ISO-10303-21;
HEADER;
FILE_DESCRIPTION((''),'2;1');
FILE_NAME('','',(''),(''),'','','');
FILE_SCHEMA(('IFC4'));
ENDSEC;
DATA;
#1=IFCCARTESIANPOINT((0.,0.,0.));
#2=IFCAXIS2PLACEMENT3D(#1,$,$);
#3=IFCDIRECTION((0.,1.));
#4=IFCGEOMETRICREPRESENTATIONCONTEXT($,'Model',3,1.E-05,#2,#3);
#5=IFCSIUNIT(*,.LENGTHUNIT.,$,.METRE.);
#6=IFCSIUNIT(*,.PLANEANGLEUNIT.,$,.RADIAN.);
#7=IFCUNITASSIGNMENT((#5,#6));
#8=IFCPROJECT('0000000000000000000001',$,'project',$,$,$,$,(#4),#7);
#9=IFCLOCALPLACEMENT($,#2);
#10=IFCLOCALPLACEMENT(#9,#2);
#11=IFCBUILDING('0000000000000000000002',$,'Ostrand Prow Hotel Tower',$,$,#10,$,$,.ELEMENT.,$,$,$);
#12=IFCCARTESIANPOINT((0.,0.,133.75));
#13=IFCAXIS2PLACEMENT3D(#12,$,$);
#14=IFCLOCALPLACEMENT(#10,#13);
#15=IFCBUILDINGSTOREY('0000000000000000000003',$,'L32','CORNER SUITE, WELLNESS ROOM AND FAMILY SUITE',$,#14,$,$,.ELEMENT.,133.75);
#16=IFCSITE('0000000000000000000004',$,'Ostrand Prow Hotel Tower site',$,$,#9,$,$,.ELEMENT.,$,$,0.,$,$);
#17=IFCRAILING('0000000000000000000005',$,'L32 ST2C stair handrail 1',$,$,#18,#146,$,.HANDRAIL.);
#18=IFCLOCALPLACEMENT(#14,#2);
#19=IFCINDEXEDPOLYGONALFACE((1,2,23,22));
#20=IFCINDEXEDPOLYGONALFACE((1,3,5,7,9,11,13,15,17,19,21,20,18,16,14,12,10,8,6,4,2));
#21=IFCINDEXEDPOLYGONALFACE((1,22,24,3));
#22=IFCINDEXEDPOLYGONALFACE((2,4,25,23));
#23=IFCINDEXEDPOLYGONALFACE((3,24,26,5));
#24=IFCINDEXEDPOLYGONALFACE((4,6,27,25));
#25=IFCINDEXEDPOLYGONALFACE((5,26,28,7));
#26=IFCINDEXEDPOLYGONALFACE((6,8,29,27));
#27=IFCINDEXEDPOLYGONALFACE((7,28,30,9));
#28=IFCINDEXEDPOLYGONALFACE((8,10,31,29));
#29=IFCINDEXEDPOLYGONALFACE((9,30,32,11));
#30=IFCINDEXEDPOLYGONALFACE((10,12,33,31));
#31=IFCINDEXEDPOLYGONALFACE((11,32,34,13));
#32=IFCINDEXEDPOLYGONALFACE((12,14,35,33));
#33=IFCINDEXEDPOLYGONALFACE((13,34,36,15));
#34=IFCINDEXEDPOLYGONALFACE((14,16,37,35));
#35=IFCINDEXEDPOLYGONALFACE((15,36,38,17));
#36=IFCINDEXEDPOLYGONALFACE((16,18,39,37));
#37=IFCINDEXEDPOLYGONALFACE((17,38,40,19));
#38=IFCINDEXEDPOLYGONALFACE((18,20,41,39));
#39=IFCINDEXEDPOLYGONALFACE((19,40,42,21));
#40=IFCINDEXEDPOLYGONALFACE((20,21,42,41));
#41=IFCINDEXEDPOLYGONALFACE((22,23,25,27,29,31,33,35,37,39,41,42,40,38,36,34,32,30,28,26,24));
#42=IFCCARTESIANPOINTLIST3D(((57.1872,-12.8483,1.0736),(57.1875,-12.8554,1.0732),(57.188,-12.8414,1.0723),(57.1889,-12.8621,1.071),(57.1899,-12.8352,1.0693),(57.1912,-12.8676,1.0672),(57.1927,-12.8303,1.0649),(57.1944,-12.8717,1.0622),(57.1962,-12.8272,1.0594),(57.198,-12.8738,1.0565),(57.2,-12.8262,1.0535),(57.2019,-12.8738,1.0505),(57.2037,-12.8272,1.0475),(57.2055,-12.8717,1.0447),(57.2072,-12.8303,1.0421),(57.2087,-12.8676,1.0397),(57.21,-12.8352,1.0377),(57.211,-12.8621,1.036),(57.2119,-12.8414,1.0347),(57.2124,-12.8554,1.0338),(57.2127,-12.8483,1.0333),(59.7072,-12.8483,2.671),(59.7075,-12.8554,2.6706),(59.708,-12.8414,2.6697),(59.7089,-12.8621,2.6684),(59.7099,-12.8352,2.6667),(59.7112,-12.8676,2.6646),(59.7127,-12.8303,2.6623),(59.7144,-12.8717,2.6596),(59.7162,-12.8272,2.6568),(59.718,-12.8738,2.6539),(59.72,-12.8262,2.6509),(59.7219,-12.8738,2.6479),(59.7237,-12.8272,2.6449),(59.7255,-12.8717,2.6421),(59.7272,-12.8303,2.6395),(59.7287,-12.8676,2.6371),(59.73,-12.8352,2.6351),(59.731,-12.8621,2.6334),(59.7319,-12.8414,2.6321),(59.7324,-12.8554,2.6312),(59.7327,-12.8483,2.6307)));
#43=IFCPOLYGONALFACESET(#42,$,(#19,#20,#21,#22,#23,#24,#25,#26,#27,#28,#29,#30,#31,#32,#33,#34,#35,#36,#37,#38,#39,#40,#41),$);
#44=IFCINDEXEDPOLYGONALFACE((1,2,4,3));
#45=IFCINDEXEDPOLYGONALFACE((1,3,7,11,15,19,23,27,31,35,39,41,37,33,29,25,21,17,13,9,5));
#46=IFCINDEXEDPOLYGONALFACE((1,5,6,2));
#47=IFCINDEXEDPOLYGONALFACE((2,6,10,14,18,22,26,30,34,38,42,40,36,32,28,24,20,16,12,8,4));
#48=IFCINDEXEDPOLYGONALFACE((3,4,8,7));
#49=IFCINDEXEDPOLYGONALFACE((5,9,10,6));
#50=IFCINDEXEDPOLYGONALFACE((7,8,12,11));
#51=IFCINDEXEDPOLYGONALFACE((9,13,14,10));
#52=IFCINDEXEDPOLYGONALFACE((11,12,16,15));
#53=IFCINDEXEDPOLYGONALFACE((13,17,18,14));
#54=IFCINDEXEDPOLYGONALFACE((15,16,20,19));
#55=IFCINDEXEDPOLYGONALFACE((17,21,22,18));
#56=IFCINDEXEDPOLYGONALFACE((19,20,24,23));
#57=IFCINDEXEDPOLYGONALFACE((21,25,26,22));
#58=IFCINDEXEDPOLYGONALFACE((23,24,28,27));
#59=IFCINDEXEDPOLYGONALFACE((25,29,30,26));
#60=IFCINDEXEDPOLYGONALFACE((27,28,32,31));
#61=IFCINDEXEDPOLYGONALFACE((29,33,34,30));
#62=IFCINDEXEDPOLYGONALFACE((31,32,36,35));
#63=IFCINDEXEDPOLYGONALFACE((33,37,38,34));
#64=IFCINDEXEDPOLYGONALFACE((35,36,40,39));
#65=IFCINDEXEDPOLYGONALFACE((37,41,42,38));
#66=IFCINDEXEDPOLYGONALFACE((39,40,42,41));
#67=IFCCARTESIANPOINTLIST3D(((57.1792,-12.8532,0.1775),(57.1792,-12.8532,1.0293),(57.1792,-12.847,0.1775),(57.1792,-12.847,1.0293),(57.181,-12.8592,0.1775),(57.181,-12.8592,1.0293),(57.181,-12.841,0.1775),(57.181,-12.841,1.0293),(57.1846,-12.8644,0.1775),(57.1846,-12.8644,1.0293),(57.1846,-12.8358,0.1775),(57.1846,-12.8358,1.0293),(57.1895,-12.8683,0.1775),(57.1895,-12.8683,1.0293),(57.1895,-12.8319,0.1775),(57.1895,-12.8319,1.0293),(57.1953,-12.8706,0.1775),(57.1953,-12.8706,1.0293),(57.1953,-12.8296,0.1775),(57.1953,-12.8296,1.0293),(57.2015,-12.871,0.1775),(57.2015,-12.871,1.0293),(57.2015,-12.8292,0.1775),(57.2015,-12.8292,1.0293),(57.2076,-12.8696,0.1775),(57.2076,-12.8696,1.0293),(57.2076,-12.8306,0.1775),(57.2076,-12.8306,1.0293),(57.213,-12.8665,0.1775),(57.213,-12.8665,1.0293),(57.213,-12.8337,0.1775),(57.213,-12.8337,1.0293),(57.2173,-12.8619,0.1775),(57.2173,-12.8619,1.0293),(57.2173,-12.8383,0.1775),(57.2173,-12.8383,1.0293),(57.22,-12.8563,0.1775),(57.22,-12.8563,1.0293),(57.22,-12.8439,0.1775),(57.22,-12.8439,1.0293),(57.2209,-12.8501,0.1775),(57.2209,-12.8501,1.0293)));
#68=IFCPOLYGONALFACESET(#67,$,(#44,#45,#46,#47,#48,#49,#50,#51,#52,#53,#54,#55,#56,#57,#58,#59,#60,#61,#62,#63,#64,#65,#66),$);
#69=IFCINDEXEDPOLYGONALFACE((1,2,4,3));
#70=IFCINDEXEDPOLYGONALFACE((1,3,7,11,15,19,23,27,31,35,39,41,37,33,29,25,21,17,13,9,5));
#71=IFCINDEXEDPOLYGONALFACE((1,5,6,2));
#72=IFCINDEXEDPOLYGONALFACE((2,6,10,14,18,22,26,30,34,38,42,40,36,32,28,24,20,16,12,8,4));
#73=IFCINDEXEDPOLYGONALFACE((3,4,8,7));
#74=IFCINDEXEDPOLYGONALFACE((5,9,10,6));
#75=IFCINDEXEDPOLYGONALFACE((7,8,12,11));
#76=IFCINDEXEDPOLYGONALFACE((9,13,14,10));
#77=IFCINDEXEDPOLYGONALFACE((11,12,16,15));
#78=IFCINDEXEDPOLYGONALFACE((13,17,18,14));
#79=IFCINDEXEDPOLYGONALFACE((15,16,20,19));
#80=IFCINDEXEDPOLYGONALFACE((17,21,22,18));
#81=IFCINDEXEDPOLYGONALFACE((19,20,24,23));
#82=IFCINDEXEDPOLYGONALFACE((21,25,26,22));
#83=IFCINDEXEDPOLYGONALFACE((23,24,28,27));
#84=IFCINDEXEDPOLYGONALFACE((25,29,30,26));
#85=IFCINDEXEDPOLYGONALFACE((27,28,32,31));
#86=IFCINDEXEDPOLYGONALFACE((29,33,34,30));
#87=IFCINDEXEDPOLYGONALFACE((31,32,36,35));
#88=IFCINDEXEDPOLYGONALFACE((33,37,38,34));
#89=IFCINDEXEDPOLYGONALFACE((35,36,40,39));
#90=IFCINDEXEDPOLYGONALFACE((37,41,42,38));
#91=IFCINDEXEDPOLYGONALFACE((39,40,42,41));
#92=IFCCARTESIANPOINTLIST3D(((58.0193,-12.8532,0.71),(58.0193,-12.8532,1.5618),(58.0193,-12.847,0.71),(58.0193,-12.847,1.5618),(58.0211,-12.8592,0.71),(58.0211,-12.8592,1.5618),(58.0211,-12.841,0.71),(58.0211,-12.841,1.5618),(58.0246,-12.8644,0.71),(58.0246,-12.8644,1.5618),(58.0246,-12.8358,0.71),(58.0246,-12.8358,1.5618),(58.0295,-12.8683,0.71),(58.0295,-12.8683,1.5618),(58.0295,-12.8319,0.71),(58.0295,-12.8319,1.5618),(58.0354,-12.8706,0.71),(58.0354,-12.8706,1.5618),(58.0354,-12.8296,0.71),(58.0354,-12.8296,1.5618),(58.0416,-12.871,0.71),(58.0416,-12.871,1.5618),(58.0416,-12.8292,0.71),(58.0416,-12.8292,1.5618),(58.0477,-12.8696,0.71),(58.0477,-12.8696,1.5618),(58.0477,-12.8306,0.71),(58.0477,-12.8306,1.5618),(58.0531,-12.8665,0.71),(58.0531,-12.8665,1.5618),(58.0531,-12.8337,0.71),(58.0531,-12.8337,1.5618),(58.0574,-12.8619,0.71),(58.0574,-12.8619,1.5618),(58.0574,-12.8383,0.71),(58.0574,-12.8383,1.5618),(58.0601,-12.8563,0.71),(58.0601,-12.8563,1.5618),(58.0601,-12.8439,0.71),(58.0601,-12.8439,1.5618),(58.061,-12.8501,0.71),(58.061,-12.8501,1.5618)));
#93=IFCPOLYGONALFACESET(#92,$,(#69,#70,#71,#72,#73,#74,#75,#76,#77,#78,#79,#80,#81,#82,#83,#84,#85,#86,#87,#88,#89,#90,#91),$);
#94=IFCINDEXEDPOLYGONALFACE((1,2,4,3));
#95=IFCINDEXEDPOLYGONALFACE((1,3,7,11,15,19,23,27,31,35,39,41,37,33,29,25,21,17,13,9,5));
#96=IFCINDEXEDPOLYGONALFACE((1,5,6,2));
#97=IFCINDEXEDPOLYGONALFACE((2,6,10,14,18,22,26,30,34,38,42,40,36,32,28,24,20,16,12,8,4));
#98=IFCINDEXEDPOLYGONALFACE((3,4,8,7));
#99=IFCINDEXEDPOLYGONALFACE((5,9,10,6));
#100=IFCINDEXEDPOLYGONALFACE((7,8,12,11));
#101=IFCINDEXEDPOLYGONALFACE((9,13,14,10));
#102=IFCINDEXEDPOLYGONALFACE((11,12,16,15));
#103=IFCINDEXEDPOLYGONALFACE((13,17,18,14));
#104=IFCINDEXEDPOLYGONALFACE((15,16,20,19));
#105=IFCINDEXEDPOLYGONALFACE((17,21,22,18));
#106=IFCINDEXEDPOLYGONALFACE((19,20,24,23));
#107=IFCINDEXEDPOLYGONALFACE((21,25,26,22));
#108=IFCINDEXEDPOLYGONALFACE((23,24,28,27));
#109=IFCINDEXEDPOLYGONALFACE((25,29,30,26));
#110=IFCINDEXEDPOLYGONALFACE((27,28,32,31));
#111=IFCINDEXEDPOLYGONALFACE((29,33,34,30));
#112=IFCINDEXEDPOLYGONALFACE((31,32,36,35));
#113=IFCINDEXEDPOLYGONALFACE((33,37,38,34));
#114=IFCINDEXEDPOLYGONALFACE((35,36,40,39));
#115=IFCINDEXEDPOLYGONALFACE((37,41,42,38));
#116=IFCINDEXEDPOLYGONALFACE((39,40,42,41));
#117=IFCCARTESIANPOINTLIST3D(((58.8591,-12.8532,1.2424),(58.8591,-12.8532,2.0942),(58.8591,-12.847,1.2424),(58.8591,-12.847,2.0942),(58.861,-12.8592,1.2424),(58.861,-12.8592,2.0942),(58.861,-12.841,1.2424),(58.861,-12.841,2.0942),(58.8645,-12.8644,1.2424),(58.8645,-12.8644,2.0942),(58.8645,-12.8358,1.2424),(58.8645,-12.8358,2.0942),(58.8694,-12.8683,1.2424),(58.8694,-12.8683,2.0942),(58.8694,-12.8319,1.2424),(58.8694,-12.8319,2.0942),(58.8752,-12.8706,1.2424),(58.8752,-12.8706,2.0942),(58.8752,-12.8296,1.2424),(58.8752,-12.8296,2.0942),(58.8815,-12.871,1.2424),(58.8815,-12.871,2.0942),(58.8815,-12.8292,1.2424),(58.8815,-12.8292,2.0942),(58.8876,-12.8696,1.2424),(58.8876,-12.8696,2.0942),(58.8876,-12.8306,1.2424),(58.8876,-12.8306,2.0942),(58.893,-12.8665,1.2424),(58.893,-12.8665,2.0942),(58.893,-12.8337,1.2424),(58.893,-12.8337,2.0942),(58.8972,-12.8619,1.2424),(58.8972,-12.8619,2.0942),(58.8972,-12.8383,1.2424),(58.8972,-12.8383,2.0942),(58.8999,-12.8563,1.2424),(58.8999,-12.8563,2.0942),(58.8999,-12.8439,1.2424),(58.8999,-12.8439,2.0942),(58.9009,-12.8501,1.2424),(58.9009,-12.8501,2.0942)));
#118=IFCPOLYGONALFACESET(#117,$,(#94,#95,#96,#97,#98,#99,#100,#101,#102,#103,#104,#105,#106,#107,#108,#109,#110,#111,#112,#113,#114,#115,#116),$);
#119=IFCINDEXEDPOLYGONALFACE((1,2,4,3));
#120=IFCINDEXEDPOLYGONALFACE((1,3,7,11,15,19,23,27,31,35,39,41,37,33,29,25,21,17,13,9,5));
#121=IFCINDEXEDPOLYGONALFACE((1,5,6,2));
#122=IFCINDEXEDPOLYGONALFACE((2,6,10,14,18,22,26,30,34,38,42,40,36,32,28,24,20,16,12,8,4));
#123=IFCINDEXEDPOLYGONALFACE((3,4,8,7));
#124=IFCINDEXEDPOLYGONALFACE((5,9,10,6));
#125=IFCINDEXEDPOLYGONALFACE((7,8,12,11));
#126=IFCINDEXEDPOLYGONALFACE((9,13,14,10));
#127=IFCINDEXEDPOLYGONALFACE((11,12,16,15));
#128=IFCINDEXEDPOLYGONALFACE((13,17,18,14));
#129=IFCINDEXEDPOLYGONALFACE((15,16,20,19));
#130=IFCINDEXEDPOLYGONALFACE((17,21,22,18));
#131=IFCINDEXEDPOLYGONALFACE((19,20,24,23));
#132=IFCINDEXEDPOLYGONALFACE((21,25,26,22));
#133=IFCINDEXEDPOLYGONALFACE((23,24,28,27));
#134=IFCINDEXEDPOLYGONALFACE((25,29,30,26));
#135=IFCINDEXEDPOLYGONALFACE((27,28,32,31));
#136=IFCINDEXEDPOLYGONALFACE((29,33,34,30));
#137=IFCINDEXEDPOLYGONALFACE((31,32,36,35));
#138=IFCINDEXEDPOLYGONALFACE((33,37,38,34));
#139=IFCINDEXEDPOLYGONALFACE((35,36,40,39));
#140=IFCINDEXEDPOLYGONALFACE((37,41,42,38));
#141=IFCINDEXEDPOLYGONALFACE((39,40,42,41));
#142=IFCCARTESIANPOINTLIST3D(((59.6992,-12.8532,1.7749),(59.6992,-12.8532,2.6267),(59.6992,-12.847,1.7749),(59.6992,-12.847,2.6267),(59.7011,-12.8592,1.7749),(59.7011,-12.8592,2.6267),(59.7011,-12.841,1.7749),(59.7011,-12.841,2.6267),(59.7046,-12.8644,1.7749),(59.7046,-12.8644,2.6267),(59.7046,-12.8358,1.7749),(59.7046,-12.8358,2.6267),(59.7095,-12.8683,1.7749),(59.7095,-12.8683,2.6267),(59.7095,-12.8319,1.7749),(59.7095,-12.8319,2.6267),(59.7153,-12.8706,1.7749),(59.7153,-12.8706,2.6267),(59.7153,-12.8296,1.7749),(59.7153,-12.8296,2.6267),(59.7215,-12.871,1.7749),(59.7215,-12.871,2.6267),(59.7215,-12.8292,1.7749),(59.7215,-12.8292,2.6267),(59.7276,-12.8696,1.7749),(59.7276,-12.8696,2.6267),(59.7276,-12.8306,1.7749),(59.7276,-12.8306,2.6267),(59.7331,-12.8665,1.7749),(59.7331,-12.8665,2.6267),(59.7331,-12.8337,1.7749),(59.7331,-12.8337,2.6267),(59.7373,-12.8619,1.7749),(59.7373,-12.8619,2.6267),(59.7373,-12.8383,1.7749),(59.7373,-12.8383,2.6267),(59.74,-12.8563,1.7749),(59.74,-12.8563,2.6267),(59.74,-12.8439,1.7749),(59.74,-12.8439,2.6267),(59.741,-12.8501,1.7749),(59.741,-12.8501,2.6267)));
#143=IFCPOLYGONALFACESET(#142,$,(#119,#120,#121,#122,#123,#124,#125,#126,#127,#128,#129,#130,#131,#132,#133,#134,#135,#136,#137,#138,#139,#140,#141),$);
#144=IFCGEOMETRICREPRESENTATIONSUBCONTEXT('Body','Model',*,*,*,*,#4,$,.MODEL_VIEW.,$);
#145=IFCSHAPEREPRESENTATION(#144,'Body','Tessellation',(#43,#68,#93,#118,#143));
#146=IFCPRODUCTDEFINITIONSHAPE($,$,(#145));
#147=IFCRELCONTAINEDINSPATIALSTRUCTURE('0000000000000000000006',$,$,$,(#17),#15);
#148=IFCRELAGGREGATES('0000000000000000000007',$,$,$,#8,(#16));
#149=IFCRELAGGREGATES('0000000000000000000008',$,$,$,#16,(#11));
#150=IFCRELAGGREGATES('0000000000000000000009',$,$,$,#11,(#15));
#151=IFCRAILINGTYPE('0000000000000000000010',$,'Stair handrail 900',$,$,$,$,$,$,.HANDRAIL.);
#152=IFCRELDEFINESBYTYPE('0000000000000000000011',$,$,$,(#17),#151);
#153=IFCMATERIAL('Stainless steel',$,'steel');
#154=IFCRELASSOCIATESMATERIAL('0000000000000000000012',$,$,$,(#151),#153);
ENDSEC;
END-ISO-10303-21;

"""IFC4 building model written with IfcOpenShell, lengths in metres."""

from ifc_helpers import new_model, si_unit, direction, frame, origin, origin_2d, place, context, subcontext, project, spatial, circle, extrude, material, type_object, element, save


model = new_model("IFC4")

# Units and contexts
model_context = context("Model", 3, precision=1e-05, world=origin(), true_north=direction((0.0, 1.0)))
body_context = subcontext(model_context, "Body", "Model", "MODEL_VIEW")
ifc_project = project(units=[si_unit("LENGTHUNIT", "METRE"), si_unit("PLANEANGLEUNIT", "RADIAN")], contexts=[model_context])

# Site, building, storey
site_placement = place(None, origin())
site = spatial("IfcSite", under=ifc_project, at=site_placement, Name="Ostrand Prow Hotel Tower site", CompositionType="ELEMENT", RefElevation=0.0)
building_placement = place(site_placement, origin())
building = spatial("IfcBuilding", under=site, at=building_placement, Name="Ostrand Prow Hotel Tower", CompositionType="ELEMENT")
storey_placement = place(building_placement, frame((0.0, 0.0, 133.75)))
storey = spatial("IfcBuildingStorey", under=building, at=storey_placement, Name="L32", Description="CORNER SUITE, WELLNESS ROOM AND FAMILY SUITE", CompositionType="ELEMENT", Elevation=133.75)

# Railing
ifc_material_1 = material(Name="Stainless steel", Category="steel")
railing_type = type_object("IfcRailingType", Name="Stair handrail 900", PredefinedType="HANDRAIL", material=ifc_material_1)
railing_placement = place(storey_placement, frame((57.2, -12.8501, 0.1775)))
element("IfcRailing", 1, at=railing_placement, inside=storey, type_object=railing_type, Name="L32 ST2C stair handrail 1", PredefinedType="HANDRAIL", context=body_context, shape_type="SweptSolid", body=[
    extrude(circle(Radius=0.0239, at=origin_2d()), frame((0.0, 0.0, 0.876), z_axis=(0.844607, 0.0, 0.535387), x_axis=(0.0, 1.0, 0.0)), (0.0, 0.0, 1.0), 2.9836),
    extrude(circle(Radius=0.021, at=origin_2d()), origin(), (0.0, 0.0, 1.0), 0.8518),
    extrude(circle(Radius=0.021, at=origin_2d()), frame((0.8401, 0.0, 0.5325)), (0.0, 0.0, 1.0), 0.8518),
    extrude(circle(Radius=0.021, at=origin_2d()), frame((1.6799, 0.0, 1.0649)), (0.0, 0.0, 1.0), 0.8518),
    extrude(circle(Radius=0.021, at=origin_2d()), frame((2.52, 0.0, 1.5974)), (0.0, 0.0, 1.0), 0.8518),
])

save(model, "model.ifc")
